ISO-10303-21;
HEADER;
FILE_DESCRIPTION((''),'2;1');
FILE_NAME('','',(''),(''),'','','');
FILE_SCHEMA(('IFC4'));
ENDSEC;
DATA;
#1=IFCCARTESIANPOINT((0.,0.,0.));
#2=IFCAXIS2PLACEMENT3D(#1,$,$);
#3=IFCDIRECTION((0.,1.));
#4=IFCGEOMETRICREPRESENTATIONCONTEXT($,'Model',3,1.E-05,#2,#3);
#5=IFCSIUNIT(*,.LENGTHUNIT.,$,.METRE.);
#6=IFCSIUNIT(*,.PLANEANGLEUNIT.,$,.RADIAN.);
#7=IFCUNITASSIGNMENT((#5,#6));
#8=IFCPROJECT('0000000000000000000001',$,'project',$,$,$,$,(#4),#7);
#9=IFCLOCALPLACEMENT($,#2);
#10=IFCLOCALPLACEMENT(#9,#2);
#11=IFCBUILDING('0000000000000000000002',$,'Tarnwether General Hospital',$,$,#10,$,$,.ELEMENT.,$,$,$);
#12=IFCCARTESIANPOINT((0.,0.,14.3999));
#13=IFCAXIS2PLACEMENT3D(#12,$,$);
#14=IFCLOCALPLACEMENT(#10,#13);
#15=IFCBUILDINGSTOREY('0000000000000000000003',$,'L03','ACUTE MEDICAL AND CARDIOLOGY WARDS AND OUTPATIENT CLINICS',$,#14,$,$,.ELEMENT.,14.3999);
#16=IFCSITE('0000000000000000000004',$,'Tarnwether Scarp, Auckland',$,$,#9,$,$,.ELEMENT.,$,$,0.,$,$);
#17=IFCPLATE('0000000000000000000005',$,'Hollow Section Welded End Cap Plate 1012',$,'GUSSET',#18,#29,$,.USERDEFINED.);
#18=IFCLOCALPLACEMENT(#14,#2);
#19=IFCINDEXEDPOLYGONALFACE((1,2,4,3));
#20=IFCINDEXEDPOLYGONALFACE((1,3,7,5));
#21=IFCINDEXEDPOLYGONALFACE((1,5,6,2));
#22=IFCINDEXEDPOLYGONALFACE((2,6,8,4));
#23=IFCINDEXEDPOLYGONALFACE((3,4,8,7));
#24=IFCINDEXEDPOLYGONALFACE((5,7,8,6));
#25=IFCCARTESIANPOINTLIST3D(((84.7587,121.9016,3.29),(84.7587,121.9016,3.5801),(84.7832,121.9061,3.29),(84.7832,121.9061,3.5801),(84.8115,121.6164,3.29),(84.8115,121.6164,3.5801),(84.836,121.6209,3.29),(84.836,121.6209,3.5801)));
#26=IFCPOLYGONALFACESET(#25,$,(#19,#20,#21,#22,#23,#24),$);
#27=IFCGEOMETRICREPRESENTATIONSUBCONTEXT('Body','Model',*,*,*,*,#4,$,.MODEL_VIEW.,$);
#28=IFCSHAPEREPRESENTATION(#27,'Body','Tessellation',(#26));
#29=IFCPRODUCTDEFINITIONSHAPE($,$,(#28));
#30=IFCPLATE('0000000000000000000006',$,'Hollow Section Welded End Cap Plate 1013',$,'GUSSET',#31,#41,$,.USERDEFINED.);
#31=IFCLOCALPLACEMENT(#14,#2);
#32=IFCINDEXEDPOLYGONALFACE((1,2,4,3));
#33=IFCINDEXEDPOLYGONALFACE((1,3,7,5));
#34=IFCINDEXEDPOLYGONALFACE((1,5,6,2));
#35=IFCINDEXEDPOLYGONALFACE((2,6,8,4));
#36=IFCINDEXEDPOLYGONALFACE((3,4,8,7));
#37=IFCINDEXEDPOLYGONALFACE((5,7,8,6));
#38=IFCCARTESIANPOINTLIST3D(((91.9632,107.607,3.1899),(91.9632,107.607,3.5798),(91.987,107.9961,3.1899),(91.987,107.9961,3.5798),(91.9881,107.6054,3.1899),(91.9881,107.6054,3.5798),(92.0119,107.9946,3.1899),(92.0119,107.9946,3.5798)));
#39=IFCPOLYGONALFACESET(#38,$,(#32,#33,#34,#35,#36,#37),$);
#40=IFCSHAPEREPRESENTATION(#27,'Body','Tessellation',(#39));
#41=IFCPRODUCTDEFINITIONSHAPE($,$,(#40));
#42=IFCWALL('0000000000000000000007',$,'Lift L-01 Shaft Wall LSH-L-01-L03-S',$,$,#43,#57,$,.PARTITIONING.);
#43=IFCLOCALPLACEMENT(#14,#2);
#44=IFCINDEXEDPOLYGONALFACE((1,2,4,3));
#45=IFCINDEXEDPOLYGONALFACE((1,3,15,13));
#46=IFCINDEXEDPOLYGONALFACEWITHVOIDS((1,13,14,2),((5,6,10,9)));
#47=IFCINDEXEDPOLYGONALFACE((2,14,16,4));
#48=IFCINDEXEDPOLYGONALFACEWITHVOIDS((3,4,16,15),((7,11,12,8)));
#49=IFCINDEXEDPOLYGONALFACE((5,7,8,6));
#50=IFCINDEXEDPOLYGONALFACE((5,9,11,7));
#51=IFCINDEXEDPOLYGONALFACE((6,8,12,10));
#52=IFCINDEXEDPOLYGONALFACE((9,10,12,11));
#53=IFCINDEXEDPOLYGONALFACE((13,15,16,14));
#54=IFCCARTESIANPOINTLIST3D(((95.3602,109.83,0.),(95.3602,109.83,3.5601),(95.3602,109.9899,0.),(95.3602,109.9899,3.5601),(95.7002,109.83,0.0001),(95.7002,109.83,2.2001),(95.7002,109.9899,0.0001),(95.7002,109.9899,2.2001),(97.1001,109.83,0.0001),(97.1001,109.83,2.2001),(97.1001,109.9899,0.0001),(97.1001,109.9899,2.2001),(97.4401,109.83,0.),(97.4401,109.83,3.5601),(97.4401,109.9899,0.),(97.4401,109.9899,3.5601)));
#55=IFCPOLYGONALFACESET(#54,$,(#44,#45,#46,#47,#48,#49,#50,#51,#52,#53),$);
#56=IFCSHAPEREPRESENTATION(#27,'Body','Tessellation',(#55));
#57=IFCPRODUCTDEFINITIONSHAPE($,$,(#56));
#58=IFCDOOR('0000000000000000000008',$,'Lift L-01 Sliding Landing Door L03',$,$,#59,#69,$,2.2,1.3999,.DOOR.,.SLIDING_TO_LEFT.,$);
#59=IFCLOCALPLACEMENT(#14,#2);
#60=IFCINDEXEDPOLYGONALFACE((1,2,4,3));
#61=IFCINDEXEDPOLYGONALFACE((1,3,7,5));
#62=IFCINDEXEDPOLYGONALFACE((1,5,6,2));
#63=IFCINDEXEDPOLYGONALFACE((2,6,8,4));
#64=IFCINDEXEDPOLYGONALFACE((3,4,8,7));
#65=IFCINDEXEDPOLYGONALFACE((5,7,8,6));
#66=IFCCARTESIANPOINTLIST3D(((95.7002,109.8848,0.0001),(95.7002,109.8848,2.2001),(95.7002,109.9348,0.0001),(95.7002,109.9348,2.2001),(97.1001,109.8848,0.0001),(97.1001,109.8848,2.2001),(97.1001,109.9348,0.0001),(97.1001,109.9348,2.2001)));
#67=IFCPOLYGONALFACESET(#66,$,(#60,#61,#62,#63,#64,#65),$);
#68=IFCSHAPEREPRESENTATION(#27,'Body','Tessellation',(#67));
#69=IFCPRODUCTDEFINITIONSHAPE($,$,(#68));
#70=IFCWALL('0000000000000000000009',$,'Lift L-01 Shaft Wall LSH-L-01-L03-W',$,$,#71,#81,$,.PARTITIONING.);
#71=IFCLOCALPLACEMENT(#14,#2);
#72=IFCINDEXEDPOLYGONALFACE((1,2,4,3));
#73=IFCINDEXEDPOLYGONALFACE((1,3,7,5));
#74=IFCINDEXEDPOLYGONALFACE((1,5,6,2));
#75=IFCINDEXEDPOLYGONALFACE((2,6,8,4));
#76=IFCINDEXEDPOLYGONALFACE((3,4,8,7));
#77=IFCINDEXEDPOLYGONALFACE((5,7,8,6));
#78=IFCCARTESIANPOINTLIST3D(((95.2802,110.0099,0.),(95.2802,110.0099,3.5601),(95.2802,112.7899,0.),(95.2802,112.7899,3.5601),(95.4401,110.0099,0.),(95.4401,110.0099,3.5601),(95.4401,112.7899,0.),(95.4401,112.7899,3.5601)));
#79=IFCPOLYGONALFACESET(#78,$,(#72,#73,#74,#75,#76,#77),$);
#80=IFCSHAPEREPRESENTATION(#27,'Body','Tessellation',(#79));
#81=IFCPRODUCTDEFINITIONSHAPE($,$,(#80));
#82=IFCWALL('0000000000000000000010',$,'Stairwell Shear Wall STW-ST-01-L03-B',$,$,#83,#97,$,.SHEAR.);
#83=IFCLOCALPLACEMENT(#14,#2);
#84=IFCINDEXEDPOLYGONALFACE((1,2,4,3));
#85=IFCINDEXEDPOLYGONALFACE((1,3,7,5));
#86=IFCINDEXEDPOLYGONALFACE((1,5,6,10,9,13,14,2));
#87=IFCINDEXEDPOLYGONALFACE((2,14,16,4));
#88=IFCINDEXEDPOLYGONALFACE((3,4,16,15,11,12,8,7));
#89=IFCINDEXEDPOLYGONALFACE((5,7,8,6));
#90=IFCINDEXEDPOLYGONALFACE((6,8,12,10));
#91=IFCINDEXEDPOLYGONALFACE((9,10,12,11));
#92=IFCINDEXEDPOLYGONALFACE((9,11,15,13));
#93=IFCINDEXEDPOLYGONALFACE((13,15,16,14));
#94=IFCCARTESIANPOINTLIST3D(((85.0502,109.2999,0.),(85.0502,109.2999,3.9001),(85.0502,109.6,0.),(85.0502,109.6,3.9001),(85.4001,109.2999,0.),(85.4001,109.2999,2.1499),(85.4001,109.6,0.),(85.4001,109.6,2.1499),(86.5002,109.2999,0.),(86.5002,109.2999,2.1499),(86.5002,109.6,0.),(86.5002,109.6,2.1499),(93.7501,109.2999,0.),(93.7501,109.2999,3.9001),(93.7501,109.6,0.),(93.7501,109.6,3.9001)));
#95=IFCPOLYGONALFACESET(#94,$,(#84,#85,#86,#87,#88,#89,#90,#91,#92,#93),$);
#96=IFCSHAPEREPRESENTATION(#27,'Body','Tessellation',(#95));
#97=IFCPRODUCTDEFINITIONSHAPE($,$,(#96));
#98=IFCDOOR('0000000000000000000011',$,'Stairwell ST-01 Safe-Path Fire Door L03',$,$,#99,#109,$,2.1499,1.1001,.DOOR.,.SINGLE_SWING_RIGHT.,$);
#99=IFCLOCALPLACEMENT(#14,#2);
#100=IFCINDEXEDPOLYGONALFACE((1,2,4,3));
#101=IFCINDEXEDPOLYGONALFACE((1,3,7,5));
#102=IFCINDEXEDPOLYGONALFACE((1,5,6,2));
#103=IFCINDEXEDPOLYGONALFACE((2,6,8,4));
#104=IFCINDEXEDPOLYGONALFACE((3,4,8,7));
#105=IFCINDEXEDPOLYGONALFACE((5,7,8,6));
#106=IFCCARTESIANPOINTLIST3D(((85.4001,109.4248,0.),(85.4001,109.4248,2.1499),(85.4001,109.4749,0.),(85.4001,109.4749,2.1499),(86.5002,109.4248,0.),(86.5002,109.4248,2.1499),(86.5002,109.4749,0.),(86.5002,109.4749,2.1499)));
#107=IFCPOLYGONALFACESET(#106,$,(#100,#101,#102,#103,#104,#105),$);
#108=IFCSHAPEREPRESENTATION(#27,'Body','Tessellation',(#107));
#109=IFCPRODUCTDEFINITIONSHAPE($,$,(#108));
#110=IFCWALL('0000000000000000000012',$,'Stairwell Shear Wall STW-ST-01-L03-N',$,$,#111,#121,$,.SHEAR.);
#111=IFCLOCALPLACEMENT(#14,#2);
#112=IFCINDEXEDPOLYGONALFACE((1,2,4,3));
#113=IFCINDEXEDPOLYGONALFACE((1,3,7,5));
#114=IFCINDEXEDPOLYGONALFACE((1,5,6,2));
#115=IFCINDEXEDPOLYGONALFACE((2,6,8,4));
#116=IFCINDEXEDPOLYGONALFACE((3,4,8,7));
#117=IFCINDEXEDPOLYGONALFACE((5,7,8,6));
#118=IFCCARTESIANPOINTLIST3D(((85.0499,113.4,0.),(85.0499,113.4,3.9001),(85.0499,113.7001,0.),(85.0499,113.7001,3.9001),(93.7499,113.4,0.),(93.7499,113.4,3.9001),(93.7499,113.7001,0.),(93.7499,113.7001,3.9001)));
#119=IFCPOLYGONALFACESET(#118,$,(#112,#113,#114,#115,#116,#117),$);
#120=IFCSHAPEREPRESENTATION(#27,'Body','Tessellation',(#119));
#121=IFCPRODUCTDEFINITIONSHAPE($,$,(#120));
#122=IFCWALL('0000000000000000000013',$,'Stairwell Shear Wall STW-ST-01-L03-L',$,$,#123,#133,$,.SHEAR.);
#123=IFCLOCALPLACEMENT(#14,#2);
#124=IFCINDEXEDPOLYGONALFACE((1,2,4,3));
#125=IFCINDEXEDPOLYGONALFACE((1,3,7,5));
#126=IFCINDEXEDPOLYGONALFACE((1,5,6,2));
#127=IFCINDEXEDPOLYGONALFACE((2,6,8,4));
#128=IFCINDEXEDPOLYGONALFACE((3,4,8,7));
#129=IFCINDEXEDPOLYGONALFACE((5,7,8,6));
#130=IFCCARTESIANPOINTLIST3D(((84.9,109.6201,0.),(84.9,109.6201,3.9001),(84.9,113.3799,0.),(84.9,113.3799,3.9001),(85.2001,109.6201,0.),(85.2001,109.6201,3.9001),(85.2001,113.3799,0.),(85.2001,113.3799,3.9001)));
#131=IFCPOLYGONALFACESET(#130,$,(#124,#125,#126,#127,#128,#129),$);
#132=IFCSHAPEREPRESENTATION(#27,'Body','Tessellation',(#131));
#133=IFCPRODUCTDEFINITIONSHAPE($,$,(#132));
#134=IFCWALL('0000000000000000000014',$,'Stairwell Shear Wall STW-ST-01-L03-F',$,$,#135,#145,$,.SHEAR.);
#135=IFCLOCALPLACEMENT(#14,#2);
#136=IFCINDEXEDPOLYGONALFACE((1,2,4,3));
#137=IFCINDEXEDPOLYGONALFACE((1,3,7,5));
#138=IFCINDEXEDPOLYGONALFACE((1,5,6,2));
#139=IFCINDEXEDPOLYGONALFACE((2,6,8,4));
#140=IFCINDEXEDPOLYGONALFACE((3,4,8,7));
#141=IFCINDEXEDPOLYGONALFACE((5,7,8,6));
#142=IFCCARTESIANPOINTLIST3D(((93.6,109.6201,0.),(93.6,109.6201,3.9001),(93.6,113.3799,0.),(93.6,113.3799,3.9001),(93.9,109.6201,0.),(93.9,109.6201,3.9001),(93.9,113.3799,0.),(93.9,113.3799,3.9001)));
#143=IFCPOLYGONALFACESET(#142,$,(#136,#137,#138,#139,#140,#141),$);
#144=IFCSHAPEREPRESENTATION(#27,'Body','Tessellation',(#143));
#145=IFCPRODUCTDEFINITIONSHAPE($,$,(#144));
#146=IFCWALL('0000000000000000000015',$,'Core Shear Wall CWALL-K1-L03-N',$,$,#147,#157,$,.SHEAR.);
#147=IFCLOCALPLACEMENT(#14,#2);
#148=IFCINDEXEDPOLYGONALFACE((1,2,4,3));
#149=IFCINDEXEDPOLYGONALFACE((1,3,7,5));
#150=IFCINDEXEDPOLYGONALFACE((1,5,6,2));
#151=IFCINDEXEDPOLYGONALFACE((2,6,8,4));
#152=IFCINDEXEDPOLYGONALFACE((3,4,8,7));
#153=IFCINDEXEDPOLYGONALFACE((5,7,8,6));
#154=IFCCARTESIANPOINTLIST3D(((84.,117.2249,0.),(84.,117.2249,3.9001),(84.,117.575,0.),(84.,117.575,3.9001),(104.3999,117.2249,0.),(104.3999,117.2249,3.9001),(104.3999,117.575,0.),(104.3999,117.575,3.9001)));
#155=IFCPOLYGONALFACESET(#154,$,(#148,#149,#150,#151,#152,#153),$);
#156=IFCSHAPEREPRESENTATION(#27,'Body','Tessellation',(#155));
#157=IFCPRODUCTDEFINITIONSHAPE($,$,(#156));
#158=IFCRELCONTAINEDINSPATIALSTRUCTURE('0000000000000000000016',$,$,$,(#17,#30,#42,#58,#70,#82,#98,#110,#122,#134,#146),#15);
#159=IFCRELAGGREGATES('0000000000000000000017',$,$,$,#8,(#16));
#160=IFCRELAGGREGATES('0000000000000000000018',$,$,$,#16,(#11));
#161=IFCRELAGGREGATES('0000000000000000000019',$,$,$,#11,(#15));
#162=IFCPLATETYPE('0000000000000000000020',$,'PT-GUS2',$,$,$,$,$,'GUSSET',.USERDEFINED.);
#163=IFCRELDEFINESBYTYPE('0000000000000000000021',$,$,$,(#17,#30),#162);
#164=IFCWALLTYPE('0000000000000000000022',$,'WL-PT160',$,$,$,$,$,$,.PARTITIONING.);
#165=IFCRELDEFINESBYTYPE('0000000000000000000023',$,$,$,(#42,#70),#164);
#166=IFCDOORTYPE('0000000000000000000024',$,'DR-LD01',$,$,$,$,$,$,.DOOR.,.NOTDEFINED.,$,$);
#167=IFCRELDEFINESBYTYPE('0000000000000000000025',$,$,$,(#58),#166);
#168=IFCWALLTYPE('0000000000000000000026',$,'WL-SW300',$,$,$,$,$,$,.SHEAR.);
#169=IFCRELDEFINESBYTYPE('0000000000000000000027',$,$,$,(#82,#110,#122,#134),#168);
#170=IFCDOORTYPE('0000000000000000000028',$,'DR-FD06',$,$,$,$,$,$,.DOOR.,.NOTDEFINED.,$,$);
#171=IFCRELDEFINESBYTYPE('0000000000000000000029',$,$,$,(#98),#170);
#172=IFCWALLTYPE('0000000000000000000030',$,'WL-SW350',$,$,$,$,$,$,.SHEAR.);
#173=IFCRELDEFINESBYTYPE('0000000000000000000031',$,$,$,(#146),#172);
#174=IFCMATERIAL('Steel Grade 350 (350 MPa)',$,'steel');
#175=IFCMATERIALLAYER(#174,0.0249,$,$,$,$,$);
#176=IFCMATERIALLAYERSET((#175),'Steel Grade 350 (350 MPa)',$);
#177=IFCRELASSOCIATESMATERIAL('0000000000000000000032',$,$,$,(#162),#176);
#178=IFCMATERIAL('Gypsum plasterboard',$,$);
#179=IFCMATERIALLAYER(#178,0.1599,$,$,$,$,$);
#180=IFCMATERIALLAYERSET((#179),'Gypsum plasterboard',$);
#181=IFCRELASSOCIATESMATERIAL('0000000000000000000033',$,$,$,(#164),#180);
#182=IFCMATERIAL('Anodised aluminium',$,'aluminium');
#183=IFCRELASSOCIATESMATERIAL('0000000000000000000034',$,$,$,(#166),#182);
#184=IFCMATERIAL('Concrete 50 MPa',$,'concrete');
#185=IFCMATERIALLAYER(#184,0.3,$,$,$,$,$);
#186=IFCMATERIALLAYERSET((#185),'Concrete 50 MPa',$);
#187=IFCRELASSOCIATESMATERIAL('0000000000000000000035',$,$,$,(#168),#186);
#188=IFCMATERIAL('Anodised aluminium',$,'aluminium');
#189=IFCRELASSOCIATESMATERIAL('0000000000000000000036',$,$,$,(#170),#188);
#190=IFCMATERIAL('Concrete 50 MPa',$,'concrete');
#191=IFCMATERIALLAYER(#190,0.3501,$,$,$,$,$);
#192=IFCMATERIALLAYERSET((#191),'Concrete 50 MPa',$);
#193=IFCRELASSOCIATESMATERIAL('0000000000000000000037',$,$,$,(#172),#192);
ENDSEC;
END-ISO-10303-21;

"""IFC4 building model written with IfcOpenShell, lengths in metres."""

from ifc_helpers import new_model, si_unit, direction, frame, frame_2d, origin, origin_2d, place, context, subcontext, project, spatial, rectangle, extrude, material, layer, layer_set, type_object, element, fill, save


model = new_model("IFC4")

# Units and contexts
model_context = context("Model", 3, precision=1e-05, world=origin(), true_north=direction((0.0, 1.0)))
body_context = subcontext(model_context, "Body", "Model", "MODEL_VIEW")
ifc_project = project(units=[si_unit("LENGTHUNIT", "METRE"), si_unit("PLANEANGLEUNIT", "RADIAN")], contexts=[model_context])

# Site, building, storey
site_placement = place(None, origin())
site = spatial("IfcSite", under=ifc_project, at=site_placement, Name="Tarnwether Scarp, Auckland", CompositionType="ELEMENT", RefElevation=0.0)
building_placement = place(site_placement, origin())
building = spatial("IfcBuilding", under=site, at=building_placement, Name="Tarnwether General Hospital", CompositionType="ELEMENT")
storey_placement = place(building_placement, frame((0.0, 0.0, 14.3999)))
storey = spatial("IfcBuildingStorey", under=building, at=storey_placement, Name="L03", Description="ACUTE MEDICAL AND CARDIOLOGY WARDS AND OUTPATIENT CLINICS", CompositionType="ELEMENT", Elevation=14.3999)

# Plates
ifc_material_1 = material(Name="Steel Grade 350 (350 MPa)", Category="steel")
ifc_layer_1 = layer(ifc_material_1, 0.0249)
ifc_layer_set_1 = layer_set([ifc_layer_1], Name="Steel Grade 350 (350 MPa)")
plate_type = type_object("IfcPlateType", Name="PT-GUS2", ElementType="GUSSET", PredefinedType="USERDEFINED", material=ifc_layer_set_1)
plate_1_placement = place(storey_placement, frame((84.7974, 121.7612, 3.29), z_axis=(0.0, 0.0, 1.0), x_axis=(0.983261, 0.182201, 0.0)))
element("IfcPlate", 1, at=plate_1_placement, inside=storey, type_object=plate_type, Name="Hollow Section Welded End Cap Plate 1012", ObjectType="GUSSET", PredefinedType="USERDEFINED", context=body_context, shape_type="SweptSolid", body=[
    extrude(rectangle(XDim=0.0249, YDim=0.29, at=origin_2d()), origin(), (0.0, 0.0, 1.0), 0.29),
])
plate_2_placement = place(storey_placement, frame((91.9875, 107.8008, 3.1899), z_axis=(0.0, 0.0, 1.0), x_axis=(0.998134, -0.061066, 0.0)))
element("IfcPlate", 2, at=plate_2_placement, inside=storey, type_object=plate_type, Name="Hollow Section Welded End Cap Plate 1013", ObjectType="GUSSET", PredefinedType="USERDEFINED", context=body_context, shape_type="SweptSolid", body=[
    extrude(rectangle(XDim=0.0249, YDim=0.3899, at=origin_2d()), origin(), (0.0, 0.0, 1.0), 0.3899),
])

# Wall, opening, door
ifc_material_2 = material(Name="Gypsum plasterboard")
ifc_layer_2 = layer(ifc_material_2, 0.1599)
ifc_layer_set_2 = layer_set([ifc_layer_2], Name="Gypsum plasterboard")
wall_type_1 = type_object("IfcWallType", Name="WL-PT160", PredefinedType="PARTITIONING", material=ifc_layer_set_2)
wall_1_placement = place(storey_placement, frame((95.3601, 109.9099, 0.0), z_axis=(0.0, 0.0, 1.0), x_axis=(1.0, 0.0, 0.0)))
wall_1 = element("IfcWall", 3, at=wall_1_placement, inside=storey, type_object=wall_type_1, Name="Lift L-01 Shaft Wall LSH-L-01-L03-S", PredefinedType="PARTITIONING", context=body_context, shape_type="SweptSolid", body=[
    extrude(rectangle(XDim=2.0798, YDim=0.1599, at=frame_2d((1.04, 0.0))), origin(), (0.0, 0.0, 1.0), 3.5601),
])
opening_1_placement = place(wall_1_placement, frame((0.3401, 0.0, 0.0)))
opening_1 = element("IfcOpeningElement", 4, at=opening_1_placement, cuts=wall_1, PredefinedType="OPENING", context=body_context, shape_type="SweptSolid", body=[
    extrude(rectangle(XDim=1.3999, YDim=2.2, at=frame_2d((0.7, 1.1001))), frame((0.0, 0.0898, 0.0), z_axis=(0.0, -1.0, 0.0), x_axis=(1.0, 0.0, 0.0)), (0.0, 0.0, 1.0), 0.1799),
])
ifc_material_3 = material(Name="Anodised aluminium", Category="aluminium")
door_type_1 = type_object("IfcDoorType", Name="DR-LD01", OperationType="NOTDEFINED", PredefinedType="DOOR", material=ifc_material_3)
door_1_placement = place(opening_1_placement, origin())
door_1 = element("IfcDoor", 5, at=door_1_placement, inside=storey, type_object=door_type_1, Name="Lift L-01 Sliding Landing Door L03", OperationType="SLIDING_TO_LEFT", OverallHeight=2.2, OverallWidth=1.3999, PredefinedType="DOOR", context=body_context, shape_type="SweptSolid", body=[
    extrude(rectangle(XDim=1.3999, YDim=2.2, at=frame_2d((0.7, 1.1001))), frame((0.0, 0.0249, 0.0), z_axis=(0.0, -1.0, 0.0), x_axis=(1.0, 0.0, 0.0)), (0.0, 0.0, 1.0), 0.05),
])
fill(opening_1, door_1)

# Wall
wall_2_placement = place(storey_placement, frame((95.3601, 112.79, 0.0), z_axis=(0.0, 0.0, 1.0), x_axis=(0.0, -1.0, 0.0)))
element("IfcWall", 6, at=wall_2_placement, inside=storey, type_object=wall_type_1, Name="Lift L-01 Shaft Wall LSH-L-01-L03-W", PredefinedType="PARTITIONING", context=body_context, shape_type="SweptSolid", body=[
    extrude(rectangle(XDim=2.78, YDim=0.1599, at=frame_2d((1.3901, 0.0))), origin(), (0.0, 0.0, 1.0), 3.5601),
])

# Wall, opening, door
ifc_material_4 = material(Name="Concrete 50 MPa", Category="concrete")
ifc_layer_3 = layer(ifc_material_4, 0.3)
ifc_layer_set_3 = layer_set([ifc_layer_3], Name="Concrete 50 MPa")
wall_type_2 = type_object("IfcWallType", Name="WL-SW300", PredefinedType="SHEAR", material=ifc_layer_set_3)
wall_3_placement = place(storey_placement, frame((85.05, 109.45, 0.0), z_axis=(0.0, 0.0, 1.0), x_axis=(1.0, 0.0, 0.0)))
wall_3 = element("IfcWall", 7, at=wall_3_placement, inside=storey, type_object=wall_type_2, Name="Stairwell Shear Wall STW-ST-01-L03-B", PredefinedType="SHEAR", context=body_context, shape_type="SweptSolid", body=[
    extrude(rectangle(XDim=8.7, YDim=0.3, at=frame_2d((4.3501, 0.0))), origin(), (0.0, 0.0, 1.0), 3.9001),
])
opening_2_placement = place(wall_3_placement, frame((0.3501, 0.0, 0.0)))
opening_2 = element("IfcOpeningElement", 8, at=opening_2_placement, cuts=wall_3, PredefinedType="OPENING", context=body_context, shape_type="SweptSolid", body=[
    extrude(rectangle(XDim=1.1001, YDim=2.1499, at=frame_2d((0.55, 1.075))), frame((0.0, 0.1602, 0.0), z_axis=(0.0, -1.0, 0.0), x_axis=(1.0, 0.0, 0.0)), (0.0, 0.0, 1.0), 0.3201),
])
ifc_material_5 = material(Name="Anodised aluminium", Category="aluminium")
door_type_2 = type_object("IfcDoorType", Name="DR-FD06", OperationType="NOTDEFINED", PredefinedType="DOOR", material=ifc_material_5)
door_2_placement = place(opening_2_placement, origin())
door_2 = element("IfcDoor", 9, at=door_2_placement, inside=storey, type_object=door_type_2, Name="Stairwell ST-01 Safe-Path Fire Door L03", OperationType="SINGLE_SWING_RIGHT", OverallHeight=2.1499, OverallWidth=1.1001, PredefinedType="DOOR", context=body_context, shape_type="SweptSolid", body=[
    extrude(rectangle(XDim=1.1001, YDim=2.1499, at=frame_2d((0.55, 1.075))), frame((0.0, 0.0249, 0.0), z_axis=(0.0, -1.0, 0.0), x_axis=(1.0, 0.0, 0.0)), (0.0, 0.0, 1.0), 0.05),
])
fill(opening_2, door_2)

# Walls
wall_4_placement = place(storey_placement, frame((93.75, 113.55, 0.0), z_axis=(0.0, 0.0, 1.0), x_axis=(-1.0, 0.0, 0.0)))
element("IfcWall", 10, at=wall_4_placement, inside=storey, type_object=wall_type_2, Name="Stairwell Shear Wall STW-ST-01-L03-N", PredefinedType="SHEAR", context=body_context, shape_type="SweptSolid", body=[
    extrude(rectangle(XDim=8.7, YDim=0.3, at=frame_2d((4.3501, 0.0))), origin(), (0.0, 0.0, 1.0), 3.9001),
])
for number, where, z_axis, x_axis, name in (
    (11, (85.05, 109.6201, 0.0), (0.0, 0.0, 1.0), (0.0, 1.0, 0.0), "Stairwell Shear Wall STW-ST-01-L03-L"),
    (12, (93.75, 109.6201, 0.0), (0.0, 0.0, 1.0), (0.0, 1.0, 0.0), "Stairwell Shear Wall STW-ST-01-L03-F"),
):
    element("IfcWall", number, at=place(storey_placement, frame(where, z_axis=z_axis, x_axis=x_axis)), inside=storey, type_object=wall_type_2, Name=name, PredefinedType="SHEAR", context=body_context, shape_type="SweptSolid", body=[
        extrude(rectangle(XDim=3.7598, YDim=0.3, at=frame_2d((1.8799, 0.0))), origin(), (0.0, 0.0, 1.0), 3.9001),
    ])
ifc_material_6 = material(Name="Concrete 50 MPa", Category="concrete")
ifc_layer_4 = layer(ifc_material_6, 0.3501)
ifc_layer_set_4 = layer_set([ifc_layer_4], Name="Concrete 50 MPa")
wall_type_3 = type_object("IfcWallType", Name="WL-SW350", PredefinedType="SHEAR", material=ifc_layer_set_4)
wall_5_placement = place(storey_placement, frame((84.0, 117.3999, 0.0), z_axis=(0.0, 0.0, 1.0), x_axis=(1.0, 0.0, 0.0)))
element("IfcWall", 13, at=wall_5_placement, inside=storey, type_object=wall_type_3, Name="Core Shear Wall CWALL-K1-L03-N", PredefinedType="SHEAR", context=body_context, shape_type="SweptSolid", body=[
    extrude(rectangle(XDim=20.3999, YDim=0.3501, at=frame_2d((10.2, 0.0))), origin(), (0.0, 0.0, 1.0), 3.9001),
])

save(model, "model.ifc")
